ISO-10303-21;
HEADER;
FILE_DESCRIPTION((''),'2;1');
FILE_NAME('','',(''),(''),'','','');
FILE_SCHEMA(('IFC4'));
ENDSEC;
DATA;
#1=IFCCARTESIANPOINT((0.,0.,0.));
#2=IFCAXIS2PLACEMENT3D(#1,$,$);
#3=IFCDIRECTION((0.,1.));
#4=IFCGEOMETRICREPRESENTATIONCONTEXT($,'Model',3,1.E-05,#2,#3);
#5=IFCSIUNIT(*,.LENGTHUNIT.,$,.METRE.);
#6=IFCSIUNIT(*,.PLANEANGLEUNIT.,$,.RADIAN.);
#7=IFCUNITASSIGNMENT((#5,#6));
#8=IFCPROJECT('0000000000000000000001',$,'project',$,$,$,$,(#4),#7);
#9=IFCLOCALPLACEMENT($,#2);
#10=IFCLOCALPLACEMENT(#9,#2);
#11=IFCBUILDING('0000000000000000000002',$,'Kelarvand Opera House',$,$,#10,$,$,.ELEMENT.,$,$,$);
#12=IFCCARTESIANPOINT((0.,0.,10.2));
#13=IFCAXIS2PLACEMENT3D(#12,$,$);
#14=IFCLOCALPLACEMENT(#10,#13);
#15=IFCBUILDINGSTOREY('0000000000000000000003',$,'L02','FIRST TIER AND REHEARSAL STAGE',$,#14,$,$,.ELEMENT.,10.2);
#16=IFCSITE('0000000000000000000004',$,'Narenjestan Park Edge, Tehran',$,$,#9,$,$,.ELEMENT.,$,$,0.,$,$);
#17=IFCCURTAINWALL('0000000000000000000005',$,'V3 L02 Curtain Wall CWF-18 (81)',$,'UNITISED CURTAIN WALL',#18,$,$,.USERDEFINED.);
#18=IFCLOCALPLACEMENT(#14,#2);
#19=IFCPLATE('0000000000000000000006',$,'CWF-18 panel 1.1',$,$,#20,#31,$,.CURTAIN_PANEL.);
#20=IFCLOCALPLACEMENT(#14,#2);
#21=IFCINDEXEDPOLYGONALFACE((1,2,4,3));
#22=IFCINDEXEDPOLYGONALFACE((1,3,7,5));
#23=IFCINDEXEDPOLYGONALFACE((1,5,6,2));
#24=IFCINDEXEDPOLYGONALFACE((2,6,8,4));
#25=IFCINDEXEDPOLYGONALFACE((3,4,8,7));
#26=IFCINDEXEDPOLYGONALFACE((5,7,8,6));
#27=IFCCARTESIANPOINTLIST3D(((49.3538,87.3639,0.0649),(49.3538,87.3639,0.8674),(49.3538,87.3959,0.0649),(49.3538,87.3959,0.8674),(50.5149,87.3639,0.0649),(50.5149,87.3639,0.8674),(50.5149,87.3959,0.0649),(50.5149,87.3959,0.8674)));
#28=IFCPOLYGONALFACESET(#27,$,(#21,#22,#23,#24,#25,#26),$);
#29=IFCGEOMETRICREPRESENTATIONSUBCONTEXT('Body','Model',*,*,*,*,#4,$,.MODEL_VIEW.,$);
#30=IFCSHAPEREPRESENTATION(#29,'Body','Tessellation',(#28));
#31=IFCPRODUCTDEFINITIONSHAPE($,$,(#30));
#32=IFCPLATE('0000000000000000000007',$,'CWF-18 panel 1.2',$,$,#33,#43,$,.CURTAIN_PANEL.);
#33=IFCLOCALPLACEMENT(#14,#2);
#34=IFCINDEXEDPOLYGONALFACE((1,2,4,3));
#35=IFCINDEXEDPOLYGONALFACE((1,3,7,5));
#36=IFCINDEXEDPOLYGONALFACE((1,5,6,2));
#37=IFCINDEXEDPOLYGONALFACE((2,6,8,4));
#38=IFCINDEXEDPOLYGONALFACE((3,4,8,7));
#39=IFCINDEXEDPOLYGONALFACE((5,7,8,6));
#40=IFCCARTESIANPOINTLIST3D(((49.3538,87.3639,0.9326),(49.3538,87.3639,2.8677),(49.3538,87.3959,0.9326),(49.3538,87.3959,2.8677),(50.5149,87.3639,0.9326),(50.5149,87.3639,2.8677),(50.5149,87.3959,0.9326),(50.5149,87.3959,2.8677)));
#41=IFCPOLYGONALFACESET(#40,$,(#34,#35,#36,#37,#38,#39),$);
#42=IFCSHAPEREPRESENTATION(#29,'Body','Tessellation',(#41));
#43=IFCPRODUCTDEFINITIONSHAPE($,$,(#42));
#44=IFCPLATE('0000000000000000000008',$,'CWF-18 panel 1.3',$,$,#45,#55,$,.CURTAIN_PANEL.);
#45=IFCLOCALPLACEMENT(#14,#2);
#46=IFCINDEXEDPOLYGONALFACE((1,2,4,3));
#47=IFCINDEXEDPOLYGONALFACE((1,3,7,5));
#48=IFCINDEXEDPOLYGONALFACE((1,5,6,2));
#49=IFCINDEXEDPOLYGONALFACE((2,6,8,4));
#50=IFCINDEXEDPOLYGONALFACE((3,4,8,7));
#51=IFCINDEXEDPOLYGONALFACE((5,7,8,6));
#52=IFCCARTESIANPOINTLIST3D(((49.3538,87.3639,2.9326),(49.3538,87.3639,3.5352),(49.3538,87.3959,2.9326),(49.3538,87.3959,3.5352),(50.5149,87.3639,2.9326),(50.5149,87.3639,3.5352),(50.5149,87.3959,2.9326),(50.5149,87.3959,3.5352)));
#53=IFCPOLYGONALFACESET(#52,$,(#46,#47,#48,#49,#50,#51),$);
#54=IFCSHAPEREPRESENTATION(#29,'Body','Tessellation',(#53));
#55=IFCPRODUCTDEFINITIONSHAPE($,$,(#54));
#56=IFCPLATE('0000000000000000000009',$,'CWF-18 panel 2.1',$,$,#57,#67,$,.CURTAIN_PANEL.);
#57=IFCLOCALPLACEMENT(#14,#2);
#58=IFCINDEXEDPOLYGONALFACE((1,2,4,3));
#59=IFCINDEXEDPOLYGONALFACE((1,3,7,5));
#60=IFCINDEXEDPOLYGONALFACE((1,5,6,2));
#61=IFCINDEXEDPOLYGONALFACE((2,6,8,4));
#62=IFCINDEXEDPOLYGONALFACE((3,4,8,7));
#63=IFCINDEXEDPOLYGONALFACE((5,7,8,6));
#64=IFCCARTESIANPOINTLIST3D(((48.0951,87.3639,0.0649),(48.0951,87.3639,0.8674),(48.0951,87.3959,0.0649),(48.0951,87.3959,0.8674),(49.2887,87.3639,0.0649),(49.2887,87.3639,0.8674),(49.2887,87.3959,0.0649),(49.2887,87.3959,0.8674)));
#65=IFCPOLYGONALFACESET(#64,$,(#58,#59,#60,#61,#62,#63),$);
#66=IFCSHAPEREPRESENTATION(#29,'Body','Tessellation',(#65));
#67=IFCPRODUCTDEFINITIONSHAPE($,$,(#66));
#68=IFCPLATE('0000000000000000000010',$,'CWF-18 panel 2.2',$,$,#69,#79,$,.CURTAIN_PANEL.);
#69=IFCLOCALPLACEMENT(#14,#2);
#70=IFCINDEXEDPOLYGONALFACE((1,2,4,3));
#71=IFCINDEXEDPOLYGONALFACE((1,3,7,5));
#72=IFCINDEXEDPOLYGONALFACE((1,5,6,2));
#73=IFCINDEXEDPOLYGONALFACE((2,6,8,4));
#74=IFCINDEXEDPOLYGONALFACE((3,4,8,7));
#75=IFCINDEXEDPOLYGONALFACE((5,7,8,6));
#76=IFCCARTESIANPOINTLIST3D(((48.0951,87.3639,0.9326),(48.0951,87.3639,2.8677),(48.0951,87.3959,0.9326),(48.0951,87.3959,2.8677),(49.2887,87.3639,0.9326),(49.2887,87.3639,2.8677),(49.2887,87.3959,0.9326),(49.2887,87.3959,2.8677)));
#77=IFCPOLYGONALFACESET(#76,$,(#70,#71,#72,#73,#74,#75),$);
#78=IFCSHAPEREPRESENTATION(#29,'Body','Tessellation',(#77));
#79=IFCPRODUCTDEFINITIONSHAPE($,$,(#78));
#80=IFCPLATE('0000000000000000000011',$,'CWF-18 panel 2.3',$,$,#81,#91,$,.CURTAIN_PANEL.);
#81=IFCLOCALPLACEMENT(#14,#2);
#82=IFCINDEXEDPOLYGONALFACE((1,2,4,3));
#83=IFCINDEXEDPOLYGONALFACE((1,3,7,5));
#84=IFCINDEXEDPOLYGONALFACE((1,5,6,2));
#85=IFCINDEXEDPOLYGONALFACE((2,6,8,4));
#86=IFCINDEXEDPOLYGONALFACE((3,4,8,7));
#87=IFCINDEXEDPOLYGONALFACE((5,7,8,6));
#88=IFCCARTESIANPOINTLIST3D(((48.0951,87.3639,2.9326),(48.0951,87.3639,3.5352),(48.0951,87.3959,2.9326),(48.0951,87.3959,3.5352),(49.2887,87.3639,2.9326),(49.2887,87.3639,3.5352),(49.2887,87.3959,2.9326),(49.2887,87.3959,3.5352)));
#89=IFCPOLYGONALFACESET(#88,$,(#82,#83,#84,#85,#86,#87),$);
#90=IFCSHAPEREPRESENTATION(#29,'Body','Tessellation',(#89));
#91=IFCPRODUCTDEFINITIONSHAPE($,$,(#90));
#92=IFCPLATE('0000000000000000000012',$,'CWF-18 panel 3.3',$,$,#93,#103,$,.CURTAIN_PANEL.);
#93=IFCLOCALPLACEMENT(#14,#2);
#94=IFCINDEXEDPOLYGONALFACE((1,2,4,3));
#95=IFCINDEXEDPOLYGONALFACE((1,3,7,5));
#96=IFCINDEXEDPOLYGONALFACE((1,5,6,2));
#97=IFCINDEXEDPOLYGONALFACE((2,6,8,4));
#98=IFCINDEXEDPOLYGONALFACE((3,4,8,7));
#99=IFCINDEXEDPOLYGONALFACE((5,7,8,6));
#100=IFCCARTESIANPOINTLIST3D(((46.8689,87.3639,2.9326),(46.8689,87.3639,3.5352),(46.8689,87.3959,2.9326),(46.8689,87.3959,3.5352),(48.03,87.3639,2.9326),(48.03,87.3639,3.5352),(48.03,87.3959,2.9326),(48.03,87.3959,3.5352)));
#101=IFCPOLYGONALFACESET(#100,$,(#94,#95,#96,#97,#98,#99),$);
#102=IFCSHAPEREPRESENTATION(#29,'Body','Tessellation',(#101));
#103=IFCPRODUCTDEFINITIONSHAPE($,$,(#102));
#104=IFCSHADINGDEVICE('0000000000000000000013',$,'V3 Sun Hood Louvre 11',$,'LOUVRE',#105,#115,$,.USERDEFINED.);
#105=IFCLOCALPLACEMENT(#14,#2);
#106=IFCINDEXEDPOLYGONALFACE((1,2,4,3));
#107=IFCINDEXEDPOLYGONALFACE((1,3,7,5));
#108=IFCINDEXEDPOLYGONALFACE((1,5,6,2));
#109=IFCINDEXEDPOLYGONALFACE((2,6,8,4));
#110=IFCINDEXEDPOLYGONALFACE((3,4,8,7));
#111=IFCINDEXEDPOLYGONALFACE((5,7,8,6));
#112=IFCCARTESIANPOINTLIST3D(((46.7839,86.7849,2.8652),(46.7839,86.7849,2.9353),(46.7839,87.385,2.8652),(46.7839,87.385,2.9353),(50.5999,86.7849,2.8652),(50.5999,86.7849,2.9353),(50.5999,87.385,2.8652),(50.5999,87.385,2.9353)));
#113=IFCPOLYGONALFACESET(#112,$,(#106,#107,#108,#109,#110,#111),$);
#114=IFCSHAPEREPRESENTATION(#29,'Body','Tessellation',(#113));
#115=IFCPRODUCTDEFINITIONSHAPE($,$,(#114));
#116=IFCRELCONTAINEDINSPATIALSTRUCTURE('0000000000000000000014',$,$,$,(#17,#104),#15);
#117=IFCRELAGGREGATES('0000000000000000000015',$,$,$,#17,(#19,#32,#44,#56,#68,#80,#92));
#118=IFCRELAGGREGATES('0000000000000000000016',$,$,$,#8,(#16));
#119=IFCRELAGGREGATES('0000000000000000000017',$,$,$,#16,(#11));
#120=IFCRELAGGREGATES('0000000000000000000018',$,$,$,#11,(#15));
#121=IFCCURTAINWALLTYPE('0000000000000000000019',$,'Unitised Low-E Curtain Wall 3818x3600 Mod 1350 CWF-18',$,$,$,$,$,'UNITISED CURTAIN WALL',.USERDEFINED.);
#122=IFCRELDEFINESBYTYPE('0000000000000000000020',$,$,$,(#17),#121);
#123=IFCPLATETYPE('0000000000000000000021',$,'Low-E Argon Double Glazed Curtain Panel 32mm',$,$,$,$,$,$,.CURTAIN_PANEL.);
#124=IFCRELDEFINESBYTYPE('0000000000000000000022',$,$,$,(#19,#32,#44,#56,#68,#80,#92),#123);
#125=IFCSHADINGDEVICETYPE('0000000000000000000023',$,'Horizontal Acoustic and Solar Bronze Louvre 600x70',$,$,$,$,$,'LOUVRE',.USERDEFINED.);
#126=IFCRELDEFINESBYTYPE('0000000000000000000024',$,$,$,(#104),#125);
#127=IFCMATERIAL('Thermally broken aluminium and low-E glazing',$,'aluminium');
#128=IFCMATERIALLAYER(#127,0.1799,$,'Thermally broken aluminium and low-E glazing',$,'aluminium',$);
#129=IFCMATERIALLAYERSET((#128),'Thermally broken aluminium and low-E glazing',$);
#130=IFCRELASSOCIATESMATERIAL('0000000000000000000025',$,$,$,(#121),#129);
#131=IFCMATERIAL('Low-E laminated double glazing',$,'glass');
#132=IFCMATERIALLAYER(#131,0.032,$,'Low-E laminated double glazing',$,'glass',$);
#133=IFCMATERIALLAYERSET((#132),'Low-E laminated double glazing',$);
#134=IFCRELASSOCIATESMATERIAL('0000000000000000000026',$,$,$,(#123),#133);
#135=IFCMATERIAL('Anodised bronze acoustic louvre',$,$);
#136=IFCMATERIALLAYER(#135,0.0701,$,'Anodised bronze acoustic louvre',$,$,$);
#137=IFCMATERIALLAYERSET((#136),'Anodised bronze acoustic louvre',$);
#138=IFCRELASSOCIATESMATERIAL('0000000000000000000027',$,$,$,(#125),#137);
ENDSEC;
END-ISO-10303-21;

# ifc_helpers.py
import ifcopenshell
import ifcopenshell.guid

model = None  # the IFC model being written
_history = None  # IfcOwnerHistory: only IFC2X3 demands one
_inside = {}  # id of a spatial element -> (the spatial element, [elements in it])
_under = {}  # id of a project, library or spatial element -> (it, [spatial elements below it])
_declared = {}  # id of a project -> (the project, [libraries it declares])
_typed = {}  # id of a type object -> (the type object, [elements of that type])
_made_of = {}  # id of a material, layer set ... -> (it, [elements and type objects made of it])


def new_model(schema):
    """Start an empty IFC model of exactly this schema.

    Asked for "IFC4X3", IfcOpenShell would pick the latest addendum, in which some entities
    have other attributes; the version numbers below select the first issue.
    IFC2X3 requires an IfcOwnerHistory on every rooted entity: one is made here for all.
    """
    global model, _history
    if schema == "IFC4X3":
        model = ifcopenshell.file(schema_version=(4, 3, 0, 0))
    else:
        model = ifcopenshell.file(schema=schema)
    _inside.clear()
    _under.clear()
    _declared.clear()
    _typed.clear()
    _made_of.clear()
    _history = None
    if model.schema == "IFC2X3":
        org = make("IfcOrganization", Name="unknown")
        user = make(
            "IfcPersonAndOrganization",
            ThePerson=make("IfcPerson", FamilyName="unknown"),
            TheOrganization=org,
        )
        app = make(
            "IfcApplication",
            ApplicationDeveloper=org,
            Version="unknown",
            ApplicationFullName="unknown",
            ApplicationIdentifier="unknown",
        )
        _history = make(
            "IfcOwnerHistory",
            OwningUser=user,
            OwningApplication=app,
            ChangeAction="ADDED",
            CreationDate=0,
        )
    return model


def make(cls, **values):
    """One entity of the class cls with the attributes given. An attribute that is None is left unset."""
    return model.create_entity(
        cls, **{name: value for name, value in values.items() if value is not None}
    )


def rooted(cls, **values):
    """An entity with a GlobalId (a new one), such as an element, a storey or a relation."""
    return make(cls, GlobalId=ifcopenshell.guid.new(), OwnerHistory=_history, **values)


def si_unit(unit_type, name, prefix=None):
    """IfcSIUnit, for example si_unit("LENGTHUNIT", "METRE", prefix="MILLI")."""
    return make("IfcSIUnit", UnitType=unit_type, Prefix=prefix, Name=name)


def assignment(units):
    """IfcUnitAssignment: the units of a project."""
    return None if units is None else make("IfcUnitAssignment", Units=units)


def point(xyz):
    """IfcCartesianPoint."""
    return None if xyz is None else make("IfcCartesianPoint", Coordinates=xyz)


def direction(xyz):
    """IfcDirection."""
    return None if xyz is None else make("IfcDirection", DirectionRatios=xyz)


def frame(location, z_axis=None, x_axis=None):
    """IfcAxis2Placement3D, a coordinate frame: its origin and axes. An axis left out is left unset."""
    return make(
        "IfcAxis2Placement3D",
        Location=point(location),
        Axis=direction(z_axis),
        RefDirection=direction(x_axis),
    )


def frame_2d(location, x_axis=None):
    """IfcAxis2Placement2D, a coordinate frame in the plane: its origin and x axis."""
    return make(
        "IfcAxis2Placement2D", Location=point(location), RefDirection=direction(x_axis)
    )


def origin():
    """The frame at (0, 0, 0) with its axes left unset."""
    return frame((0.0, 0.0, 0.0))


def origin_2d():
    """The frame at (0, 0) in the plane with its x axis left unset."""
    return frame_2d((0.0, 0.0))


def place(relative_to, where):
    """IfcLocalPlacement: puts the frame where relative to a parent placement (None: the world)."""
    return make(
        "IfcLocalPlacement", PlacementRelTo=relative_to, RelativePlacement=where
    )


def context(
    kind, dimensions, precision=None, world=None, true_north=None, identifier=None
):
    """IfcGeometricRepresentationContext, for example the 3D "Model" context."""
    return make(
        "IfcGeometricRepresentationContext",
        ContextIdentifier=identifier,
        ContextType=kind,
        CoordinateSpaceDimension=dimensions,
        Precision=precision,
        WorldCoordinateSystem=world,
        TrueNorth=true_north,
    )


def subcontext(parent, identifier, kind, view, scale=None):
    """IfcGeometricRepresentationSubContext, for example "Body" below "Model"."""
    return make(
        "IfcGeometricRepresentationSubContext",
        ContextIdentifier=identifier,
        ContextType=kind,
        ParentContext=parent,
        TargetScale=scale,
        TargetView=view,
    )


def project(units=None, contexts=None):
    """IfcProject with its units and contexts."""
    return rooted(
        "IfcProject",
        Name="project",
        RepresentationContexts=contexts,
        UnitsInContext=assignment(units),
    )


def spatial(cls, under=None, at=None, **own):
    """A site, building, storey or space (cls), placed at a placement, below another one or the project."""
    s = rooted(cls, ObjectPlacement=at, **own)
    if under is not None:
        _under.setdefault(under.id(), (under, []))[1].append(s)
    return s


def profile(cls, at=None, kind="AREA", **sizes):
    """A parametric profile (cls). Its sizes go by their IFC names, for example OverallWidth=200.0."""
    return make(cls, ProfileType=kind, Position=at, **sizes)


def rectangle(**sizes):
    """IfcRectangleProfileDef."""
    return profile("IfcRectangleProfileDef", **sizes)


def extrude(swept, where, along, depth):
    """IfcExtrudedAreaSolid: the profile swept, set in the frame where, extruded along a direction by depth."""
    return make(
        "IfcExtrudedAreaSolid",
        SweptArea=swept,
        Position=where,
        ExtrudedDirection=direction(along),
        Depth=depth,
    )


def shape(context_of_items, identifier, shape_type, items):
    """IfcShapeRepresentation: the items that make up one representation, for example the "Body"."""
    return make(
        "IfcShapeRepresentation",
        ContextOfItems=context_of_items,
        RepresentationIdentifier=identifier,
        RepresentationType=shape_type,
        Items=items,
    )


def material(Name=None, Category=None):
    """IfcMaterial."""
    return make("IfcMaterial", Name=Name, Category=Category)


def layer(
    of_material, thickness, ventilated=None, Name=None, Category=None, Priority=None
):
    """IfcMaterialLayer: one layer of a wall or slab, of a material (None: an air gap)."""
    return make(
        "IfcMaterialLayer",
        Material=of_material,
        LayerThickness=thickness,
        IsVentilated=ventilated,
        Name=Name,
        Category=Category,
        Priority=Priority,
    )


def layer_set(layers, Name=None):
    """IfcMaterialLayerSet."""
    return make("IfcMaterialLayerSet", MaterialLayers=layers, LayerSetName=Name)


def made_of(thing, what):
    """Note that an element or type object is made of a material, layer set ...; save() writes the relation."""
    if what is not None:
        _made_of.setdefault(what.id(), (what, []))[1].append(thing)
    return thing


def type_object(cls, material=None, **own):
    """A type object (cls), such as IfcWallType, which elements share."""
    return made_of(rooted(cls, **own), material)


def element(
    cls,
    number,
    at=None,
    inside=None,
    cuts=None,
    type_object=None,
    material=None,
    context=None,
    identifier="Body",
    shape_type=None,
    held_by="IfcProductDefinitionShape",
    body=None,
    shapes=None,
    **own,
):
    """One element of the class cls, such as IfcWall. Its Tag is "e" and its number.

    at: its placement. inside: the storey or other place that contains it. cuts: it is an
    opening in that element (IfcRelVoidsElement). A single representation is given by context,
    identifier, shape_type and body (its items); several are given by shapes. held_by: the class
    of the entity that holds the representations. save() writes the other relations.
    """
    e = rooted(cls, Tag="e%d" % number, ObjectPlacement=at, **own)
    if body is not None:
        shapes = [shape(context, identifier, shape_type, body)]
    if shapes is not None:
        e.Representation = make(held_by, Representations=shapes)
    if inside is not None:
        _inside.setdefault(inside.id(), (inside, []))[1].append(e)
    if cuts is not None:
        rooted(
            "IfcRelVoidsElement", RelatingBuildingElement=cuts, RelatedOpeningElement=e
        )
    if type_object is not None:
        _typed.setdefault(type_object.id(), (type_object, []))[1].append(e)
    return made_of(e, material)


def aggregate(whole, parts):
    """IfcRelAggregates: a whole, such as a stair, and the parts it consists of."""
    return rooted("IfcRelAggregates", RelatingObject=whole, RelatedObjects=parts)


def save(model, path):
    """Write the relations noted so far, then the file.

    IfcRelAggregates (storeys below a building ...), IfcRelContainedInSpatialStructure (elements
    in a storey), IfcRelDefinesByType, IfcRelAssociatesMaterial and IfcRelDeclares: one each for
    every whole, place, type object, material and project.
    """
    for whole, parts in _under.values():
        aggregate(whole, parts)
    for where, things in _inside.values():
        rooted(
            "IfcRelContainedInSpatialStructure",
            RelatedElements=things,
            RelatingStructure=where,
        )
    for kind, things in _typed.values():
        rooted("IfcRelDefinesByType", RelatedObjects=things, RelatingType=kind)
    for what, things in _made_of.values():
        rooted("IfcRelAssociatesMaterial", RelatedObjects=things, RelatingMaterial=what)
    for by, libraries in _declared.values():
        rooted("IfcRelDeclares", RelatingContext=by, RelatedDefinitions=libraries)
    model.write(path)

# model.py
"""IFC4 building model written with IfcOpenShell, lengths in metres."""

from ifc_helpers import new_model, si_unit, direction, frame, origin, origin_2d, place, context, subcontext, project, spatial, rectangle, extrude, material, layer, layer_set, type_object, element, aggregate, save


model = new_model("IFC4")

# Units and contexts
model_context = context("Model", 3, precision=1e-05, world=origin(), true_north=direction((0.0, 1.0)))
body_context = subcontext(model_context, "Body", "Model", "MODEL_VIEW")
ifc_project = project(units=[si_unit("LENGTHUNIT", "METRE"), si_unit("PLANEANGLEUNIT", "RADIAN")], contexts=[model_context])

# Site, building, storey
site_placement = place(None, origin())
site = spatial("IfcSite", under=ifc_project, at=site_placement, Name="Narenjestan Park Edge, Tehran", CompositionType="ELEMENT", RefElevation=0.0)
building_placement = place(site_placement, origin())
building = spatial("IfcBuilding", under=site, at=building_placement, Name="Kelarvand Opera House", CompositionType="ELEMENT")
storey_placement = place(building_placement, frame((0.0, 0.0, 10.2)))
storey = spatial("IfcBuildingStorey", under=building, at=storey_placement, Name="L02", Description="FIRST TIER AND REHEARSAL STAGE", CompositionType="ELEMENT", Elevation=10.2)

# Curtain wall, plates
ifc_material_1 = material(Name="Thermally broken aluminium and low-E glazing", Category="aluminium")
ifc_layer_1 = layer(ifc_material_1, 0.1799, Name="Thermally broken aluminium and low-E glazing", Category="aluminium")
ifc_layer_set_1 = layer_set([ifc_layer_1], Name="Thermally broken aluminium and low-E glazing")
curtain_wall_type = type_object("IfcCurtainWallType", Name="Unitised Low-E Curtain Wall 3818x3600 Mod 1350 CWF-18", ElementType="UNITISED CURTAIN WALL", PredefinedType="USERDEFINED", material=ifc_layer_set_1)
curtain_wall_placement = place(storey_placement, origin())
curtain_wall = element("IfcCurtainWall", 1, at=curtain_wall_placement, inside=storey, type_object=curtain_wall_type, Name="V3 L02 Curtain Wall CWF-18 (81)", ObjectType="UNITISED CURTAIN WALL", PredefinedType="USERDEFINED")
ifc_material_2 = material(Name="Low-E laminated double glazing", Category="glass")
ifc_layer_2 = layer(ifc_material_2, 0.032, Name="Low-E laminated double glazing", Category="glass")
ifc_layer_set_2 = layer_set([ifc_layer_2], Name="Low-E laminated double glazing")
plate_type = type_object("IfcPlateType", Name="Low-E Argon Double Glazed Curtain Panel 32mm", PredefinedType="CURTAIN_PANEL", material=ifc_layer_set_2)
plate_1_placement = place(storey_placement, frame((49.9343, 87.3799, 0.0649), z_axis=(0.0, 0.0, 1.0), x_axis=(-1.0, 0.0, 0.0)))
plate_1 = element("IfcPlate", 2, at=plate_1_placement, type_object=plate_type, Name="CWF-18 panel 1.1", PredefinedType="CURTAIN_PANEL", context=body_context, shape_type="SweptSolid", body=[
    extrude(rectangle(XDim=1.1611, YDim=0.032, at=origin_2d()), origin(), (0.0, 0.0, 1.0), 0.8025),
])
plate_2_placement = place(storey_placement, frame((49.9343, 87.3799, 0.9326), z_axis=(0.0, 0.0, 1.0), x_axis=(-1.0, 0.0, 0.0)))
plate_2 = element("IfcPlate", 3, at=plate_2_placement, type_object=plate_type, Name="CWF-18 panel 1.2", PredefinedType="CURTAIN_PANEL", context=body_context, shape_type="SweptSolid", body=[
    extrude(rectangle(XDim=1.1611, YDim=0.032, at=origin_2d()), origin(), (0.0, 0.0, 1.0), 1.9351),
])
plate_3_placement = place(storey_placement, frame((49.9343, 87.3799, 2.9326), z_axis=(0.0, 0.0, 1.0), x_axis=(-1.0, 0.0, 0.0)))
plate_3 = element("IfcPlate", 4, at=plate_3_placement, type_object=plate_type, Name="CWF-18 panel 1.3", PredefinedType="CURTAIN_PANEL", context=body_context, shape_type="SweptSolid", body=[
    extrude(rectangle(XDim=1.1611, YDim=0.032, at=origin_2d()), origin(), (0.0, 0.0, 1.0), 0.6025),
])
plate_4_placement = place(storey_placement, frame((48.6919, 87.3799, 0.0649), z_axis=(0.0, 0.0, 1.0), x_axis=(-1.0, 0.0, 0.0)))
plate_4 = element("IfcPlate", 5, at=plate_4_placement, type_object=plate_type, Name="CWF-18 panel 2.1", PredefinedType="CURTAIN_PANEL", context=body_context, shape_type="SweptSolid", body=[
    extrude(rectangle(XDim=1.1936, YDim=0.032, at=origin_2d()), origin(), (0.0, 0.0, 1.0), 0.8025),
])
plate_5_placement = place(storey_placement, frame((48.6919, 87.3799, 0.9326), z_axis=(0.0, 0.0, 1.0), x_axis=(-1.0, 0.0, 0.0)))
plate_5 = element("IfcPlate", 6, at=plate_5_placement, type_object=plate_type, Name="CWF-18 panel 2.2", PredefinedType="CURTAIN_PANEL", context=body_context, shape_type="SweptSolid", body=[
    extrude(rectangle(XDim=1.1936, YDim=0.032, at=origin_2d()), origin(), (0.0, 0.0, 1.0), 1.9351),
])
plate_6_placement = place(storey_placement, frame((48.6919, 87.3799, 2.9326), z_axis=(0.0, 0.0, 1.0), x_axis=(-1.0, 0.0, 0.0)))
plate_6 = element("IfcPlate", 7, at=plate_6_placement, type_object=plate_type, Name="CWF-18 panel 2.3", PredefinedType="CURTAIN_PANEL", context=body_context, shape_type="SweptSolid", body=[
    extrude(rectangle(XDim=1.1936, YDim=0.032, at=origin_2d()), origin(), (0.0, 0.0, 1.0), 0.6025),
])
plate_7_placement = place(storey_placement, frame((47.4495, 87.3799, 2.9326), z_axis=(0.0, 0.0, 1.0), x_axis=(-1.0, 0.0, 0.0)))
plate_7 = element("IfcPlate", 8, at=plate_7_placement, type_object=plate_type, Name="CWF-18 panel 3.3", PredefinedType="CURTAIN_PANEL", context=body_context, shape_type="SweptSolid", body=[
    extrude(rectangle(XDim=1.1611, YDim=0.032, at=origin_2d()), origin(), (0.0, 0.0, 1.0), 0.6025),
])
aggregate(curtain_wall, [plate_1, plate_2, plate_3, plate_4, plate_5, plate_6, plate_7])

# Shading device
ifc_material_3 = material(Name="Anodised bronze acoustic louvre")
ifc_layer_3 = layer(ifc_material_3, 0.0701, Name="Anodised bronze acoustic louvre")
ifc_layer_set_3 = layer_set([ifc_layer_3], Name="Anodised bronze acoustic louvre")
shading_device_type = type_object("IfcShadingDeviceType", Name="Horizontal Acoustic and Solar Bronze Louvre 600x70", ElementType="LOUVRE", PredefinedType="USERDEFINED", material=ifc_layer_set_3)
shading_device_placement = place(storey_placement, frame((48.6919, 87.085, 2.8652), z_axis=(0.0, 0.0, 1.0), x_axis=(-1.0, 0.0, 0.0)))
element("IfcShadingDevice", 9, at=shading_device_placement, inside=storey, type_object=shading_device_type, Name="V3 Sun Hood Louvre 11", ObjectType="LOUVRE", PredefinedType="USERDEFINED", context=body_context, shape_type="SweptSolid", body=[
    extrude(rectangle(XDim=3.8159, YDim=0.6001, at=origin_2d()), origin(), (0.0, 0.0, 1.0), 0.0701),
])

save(model, "model.ifc")
